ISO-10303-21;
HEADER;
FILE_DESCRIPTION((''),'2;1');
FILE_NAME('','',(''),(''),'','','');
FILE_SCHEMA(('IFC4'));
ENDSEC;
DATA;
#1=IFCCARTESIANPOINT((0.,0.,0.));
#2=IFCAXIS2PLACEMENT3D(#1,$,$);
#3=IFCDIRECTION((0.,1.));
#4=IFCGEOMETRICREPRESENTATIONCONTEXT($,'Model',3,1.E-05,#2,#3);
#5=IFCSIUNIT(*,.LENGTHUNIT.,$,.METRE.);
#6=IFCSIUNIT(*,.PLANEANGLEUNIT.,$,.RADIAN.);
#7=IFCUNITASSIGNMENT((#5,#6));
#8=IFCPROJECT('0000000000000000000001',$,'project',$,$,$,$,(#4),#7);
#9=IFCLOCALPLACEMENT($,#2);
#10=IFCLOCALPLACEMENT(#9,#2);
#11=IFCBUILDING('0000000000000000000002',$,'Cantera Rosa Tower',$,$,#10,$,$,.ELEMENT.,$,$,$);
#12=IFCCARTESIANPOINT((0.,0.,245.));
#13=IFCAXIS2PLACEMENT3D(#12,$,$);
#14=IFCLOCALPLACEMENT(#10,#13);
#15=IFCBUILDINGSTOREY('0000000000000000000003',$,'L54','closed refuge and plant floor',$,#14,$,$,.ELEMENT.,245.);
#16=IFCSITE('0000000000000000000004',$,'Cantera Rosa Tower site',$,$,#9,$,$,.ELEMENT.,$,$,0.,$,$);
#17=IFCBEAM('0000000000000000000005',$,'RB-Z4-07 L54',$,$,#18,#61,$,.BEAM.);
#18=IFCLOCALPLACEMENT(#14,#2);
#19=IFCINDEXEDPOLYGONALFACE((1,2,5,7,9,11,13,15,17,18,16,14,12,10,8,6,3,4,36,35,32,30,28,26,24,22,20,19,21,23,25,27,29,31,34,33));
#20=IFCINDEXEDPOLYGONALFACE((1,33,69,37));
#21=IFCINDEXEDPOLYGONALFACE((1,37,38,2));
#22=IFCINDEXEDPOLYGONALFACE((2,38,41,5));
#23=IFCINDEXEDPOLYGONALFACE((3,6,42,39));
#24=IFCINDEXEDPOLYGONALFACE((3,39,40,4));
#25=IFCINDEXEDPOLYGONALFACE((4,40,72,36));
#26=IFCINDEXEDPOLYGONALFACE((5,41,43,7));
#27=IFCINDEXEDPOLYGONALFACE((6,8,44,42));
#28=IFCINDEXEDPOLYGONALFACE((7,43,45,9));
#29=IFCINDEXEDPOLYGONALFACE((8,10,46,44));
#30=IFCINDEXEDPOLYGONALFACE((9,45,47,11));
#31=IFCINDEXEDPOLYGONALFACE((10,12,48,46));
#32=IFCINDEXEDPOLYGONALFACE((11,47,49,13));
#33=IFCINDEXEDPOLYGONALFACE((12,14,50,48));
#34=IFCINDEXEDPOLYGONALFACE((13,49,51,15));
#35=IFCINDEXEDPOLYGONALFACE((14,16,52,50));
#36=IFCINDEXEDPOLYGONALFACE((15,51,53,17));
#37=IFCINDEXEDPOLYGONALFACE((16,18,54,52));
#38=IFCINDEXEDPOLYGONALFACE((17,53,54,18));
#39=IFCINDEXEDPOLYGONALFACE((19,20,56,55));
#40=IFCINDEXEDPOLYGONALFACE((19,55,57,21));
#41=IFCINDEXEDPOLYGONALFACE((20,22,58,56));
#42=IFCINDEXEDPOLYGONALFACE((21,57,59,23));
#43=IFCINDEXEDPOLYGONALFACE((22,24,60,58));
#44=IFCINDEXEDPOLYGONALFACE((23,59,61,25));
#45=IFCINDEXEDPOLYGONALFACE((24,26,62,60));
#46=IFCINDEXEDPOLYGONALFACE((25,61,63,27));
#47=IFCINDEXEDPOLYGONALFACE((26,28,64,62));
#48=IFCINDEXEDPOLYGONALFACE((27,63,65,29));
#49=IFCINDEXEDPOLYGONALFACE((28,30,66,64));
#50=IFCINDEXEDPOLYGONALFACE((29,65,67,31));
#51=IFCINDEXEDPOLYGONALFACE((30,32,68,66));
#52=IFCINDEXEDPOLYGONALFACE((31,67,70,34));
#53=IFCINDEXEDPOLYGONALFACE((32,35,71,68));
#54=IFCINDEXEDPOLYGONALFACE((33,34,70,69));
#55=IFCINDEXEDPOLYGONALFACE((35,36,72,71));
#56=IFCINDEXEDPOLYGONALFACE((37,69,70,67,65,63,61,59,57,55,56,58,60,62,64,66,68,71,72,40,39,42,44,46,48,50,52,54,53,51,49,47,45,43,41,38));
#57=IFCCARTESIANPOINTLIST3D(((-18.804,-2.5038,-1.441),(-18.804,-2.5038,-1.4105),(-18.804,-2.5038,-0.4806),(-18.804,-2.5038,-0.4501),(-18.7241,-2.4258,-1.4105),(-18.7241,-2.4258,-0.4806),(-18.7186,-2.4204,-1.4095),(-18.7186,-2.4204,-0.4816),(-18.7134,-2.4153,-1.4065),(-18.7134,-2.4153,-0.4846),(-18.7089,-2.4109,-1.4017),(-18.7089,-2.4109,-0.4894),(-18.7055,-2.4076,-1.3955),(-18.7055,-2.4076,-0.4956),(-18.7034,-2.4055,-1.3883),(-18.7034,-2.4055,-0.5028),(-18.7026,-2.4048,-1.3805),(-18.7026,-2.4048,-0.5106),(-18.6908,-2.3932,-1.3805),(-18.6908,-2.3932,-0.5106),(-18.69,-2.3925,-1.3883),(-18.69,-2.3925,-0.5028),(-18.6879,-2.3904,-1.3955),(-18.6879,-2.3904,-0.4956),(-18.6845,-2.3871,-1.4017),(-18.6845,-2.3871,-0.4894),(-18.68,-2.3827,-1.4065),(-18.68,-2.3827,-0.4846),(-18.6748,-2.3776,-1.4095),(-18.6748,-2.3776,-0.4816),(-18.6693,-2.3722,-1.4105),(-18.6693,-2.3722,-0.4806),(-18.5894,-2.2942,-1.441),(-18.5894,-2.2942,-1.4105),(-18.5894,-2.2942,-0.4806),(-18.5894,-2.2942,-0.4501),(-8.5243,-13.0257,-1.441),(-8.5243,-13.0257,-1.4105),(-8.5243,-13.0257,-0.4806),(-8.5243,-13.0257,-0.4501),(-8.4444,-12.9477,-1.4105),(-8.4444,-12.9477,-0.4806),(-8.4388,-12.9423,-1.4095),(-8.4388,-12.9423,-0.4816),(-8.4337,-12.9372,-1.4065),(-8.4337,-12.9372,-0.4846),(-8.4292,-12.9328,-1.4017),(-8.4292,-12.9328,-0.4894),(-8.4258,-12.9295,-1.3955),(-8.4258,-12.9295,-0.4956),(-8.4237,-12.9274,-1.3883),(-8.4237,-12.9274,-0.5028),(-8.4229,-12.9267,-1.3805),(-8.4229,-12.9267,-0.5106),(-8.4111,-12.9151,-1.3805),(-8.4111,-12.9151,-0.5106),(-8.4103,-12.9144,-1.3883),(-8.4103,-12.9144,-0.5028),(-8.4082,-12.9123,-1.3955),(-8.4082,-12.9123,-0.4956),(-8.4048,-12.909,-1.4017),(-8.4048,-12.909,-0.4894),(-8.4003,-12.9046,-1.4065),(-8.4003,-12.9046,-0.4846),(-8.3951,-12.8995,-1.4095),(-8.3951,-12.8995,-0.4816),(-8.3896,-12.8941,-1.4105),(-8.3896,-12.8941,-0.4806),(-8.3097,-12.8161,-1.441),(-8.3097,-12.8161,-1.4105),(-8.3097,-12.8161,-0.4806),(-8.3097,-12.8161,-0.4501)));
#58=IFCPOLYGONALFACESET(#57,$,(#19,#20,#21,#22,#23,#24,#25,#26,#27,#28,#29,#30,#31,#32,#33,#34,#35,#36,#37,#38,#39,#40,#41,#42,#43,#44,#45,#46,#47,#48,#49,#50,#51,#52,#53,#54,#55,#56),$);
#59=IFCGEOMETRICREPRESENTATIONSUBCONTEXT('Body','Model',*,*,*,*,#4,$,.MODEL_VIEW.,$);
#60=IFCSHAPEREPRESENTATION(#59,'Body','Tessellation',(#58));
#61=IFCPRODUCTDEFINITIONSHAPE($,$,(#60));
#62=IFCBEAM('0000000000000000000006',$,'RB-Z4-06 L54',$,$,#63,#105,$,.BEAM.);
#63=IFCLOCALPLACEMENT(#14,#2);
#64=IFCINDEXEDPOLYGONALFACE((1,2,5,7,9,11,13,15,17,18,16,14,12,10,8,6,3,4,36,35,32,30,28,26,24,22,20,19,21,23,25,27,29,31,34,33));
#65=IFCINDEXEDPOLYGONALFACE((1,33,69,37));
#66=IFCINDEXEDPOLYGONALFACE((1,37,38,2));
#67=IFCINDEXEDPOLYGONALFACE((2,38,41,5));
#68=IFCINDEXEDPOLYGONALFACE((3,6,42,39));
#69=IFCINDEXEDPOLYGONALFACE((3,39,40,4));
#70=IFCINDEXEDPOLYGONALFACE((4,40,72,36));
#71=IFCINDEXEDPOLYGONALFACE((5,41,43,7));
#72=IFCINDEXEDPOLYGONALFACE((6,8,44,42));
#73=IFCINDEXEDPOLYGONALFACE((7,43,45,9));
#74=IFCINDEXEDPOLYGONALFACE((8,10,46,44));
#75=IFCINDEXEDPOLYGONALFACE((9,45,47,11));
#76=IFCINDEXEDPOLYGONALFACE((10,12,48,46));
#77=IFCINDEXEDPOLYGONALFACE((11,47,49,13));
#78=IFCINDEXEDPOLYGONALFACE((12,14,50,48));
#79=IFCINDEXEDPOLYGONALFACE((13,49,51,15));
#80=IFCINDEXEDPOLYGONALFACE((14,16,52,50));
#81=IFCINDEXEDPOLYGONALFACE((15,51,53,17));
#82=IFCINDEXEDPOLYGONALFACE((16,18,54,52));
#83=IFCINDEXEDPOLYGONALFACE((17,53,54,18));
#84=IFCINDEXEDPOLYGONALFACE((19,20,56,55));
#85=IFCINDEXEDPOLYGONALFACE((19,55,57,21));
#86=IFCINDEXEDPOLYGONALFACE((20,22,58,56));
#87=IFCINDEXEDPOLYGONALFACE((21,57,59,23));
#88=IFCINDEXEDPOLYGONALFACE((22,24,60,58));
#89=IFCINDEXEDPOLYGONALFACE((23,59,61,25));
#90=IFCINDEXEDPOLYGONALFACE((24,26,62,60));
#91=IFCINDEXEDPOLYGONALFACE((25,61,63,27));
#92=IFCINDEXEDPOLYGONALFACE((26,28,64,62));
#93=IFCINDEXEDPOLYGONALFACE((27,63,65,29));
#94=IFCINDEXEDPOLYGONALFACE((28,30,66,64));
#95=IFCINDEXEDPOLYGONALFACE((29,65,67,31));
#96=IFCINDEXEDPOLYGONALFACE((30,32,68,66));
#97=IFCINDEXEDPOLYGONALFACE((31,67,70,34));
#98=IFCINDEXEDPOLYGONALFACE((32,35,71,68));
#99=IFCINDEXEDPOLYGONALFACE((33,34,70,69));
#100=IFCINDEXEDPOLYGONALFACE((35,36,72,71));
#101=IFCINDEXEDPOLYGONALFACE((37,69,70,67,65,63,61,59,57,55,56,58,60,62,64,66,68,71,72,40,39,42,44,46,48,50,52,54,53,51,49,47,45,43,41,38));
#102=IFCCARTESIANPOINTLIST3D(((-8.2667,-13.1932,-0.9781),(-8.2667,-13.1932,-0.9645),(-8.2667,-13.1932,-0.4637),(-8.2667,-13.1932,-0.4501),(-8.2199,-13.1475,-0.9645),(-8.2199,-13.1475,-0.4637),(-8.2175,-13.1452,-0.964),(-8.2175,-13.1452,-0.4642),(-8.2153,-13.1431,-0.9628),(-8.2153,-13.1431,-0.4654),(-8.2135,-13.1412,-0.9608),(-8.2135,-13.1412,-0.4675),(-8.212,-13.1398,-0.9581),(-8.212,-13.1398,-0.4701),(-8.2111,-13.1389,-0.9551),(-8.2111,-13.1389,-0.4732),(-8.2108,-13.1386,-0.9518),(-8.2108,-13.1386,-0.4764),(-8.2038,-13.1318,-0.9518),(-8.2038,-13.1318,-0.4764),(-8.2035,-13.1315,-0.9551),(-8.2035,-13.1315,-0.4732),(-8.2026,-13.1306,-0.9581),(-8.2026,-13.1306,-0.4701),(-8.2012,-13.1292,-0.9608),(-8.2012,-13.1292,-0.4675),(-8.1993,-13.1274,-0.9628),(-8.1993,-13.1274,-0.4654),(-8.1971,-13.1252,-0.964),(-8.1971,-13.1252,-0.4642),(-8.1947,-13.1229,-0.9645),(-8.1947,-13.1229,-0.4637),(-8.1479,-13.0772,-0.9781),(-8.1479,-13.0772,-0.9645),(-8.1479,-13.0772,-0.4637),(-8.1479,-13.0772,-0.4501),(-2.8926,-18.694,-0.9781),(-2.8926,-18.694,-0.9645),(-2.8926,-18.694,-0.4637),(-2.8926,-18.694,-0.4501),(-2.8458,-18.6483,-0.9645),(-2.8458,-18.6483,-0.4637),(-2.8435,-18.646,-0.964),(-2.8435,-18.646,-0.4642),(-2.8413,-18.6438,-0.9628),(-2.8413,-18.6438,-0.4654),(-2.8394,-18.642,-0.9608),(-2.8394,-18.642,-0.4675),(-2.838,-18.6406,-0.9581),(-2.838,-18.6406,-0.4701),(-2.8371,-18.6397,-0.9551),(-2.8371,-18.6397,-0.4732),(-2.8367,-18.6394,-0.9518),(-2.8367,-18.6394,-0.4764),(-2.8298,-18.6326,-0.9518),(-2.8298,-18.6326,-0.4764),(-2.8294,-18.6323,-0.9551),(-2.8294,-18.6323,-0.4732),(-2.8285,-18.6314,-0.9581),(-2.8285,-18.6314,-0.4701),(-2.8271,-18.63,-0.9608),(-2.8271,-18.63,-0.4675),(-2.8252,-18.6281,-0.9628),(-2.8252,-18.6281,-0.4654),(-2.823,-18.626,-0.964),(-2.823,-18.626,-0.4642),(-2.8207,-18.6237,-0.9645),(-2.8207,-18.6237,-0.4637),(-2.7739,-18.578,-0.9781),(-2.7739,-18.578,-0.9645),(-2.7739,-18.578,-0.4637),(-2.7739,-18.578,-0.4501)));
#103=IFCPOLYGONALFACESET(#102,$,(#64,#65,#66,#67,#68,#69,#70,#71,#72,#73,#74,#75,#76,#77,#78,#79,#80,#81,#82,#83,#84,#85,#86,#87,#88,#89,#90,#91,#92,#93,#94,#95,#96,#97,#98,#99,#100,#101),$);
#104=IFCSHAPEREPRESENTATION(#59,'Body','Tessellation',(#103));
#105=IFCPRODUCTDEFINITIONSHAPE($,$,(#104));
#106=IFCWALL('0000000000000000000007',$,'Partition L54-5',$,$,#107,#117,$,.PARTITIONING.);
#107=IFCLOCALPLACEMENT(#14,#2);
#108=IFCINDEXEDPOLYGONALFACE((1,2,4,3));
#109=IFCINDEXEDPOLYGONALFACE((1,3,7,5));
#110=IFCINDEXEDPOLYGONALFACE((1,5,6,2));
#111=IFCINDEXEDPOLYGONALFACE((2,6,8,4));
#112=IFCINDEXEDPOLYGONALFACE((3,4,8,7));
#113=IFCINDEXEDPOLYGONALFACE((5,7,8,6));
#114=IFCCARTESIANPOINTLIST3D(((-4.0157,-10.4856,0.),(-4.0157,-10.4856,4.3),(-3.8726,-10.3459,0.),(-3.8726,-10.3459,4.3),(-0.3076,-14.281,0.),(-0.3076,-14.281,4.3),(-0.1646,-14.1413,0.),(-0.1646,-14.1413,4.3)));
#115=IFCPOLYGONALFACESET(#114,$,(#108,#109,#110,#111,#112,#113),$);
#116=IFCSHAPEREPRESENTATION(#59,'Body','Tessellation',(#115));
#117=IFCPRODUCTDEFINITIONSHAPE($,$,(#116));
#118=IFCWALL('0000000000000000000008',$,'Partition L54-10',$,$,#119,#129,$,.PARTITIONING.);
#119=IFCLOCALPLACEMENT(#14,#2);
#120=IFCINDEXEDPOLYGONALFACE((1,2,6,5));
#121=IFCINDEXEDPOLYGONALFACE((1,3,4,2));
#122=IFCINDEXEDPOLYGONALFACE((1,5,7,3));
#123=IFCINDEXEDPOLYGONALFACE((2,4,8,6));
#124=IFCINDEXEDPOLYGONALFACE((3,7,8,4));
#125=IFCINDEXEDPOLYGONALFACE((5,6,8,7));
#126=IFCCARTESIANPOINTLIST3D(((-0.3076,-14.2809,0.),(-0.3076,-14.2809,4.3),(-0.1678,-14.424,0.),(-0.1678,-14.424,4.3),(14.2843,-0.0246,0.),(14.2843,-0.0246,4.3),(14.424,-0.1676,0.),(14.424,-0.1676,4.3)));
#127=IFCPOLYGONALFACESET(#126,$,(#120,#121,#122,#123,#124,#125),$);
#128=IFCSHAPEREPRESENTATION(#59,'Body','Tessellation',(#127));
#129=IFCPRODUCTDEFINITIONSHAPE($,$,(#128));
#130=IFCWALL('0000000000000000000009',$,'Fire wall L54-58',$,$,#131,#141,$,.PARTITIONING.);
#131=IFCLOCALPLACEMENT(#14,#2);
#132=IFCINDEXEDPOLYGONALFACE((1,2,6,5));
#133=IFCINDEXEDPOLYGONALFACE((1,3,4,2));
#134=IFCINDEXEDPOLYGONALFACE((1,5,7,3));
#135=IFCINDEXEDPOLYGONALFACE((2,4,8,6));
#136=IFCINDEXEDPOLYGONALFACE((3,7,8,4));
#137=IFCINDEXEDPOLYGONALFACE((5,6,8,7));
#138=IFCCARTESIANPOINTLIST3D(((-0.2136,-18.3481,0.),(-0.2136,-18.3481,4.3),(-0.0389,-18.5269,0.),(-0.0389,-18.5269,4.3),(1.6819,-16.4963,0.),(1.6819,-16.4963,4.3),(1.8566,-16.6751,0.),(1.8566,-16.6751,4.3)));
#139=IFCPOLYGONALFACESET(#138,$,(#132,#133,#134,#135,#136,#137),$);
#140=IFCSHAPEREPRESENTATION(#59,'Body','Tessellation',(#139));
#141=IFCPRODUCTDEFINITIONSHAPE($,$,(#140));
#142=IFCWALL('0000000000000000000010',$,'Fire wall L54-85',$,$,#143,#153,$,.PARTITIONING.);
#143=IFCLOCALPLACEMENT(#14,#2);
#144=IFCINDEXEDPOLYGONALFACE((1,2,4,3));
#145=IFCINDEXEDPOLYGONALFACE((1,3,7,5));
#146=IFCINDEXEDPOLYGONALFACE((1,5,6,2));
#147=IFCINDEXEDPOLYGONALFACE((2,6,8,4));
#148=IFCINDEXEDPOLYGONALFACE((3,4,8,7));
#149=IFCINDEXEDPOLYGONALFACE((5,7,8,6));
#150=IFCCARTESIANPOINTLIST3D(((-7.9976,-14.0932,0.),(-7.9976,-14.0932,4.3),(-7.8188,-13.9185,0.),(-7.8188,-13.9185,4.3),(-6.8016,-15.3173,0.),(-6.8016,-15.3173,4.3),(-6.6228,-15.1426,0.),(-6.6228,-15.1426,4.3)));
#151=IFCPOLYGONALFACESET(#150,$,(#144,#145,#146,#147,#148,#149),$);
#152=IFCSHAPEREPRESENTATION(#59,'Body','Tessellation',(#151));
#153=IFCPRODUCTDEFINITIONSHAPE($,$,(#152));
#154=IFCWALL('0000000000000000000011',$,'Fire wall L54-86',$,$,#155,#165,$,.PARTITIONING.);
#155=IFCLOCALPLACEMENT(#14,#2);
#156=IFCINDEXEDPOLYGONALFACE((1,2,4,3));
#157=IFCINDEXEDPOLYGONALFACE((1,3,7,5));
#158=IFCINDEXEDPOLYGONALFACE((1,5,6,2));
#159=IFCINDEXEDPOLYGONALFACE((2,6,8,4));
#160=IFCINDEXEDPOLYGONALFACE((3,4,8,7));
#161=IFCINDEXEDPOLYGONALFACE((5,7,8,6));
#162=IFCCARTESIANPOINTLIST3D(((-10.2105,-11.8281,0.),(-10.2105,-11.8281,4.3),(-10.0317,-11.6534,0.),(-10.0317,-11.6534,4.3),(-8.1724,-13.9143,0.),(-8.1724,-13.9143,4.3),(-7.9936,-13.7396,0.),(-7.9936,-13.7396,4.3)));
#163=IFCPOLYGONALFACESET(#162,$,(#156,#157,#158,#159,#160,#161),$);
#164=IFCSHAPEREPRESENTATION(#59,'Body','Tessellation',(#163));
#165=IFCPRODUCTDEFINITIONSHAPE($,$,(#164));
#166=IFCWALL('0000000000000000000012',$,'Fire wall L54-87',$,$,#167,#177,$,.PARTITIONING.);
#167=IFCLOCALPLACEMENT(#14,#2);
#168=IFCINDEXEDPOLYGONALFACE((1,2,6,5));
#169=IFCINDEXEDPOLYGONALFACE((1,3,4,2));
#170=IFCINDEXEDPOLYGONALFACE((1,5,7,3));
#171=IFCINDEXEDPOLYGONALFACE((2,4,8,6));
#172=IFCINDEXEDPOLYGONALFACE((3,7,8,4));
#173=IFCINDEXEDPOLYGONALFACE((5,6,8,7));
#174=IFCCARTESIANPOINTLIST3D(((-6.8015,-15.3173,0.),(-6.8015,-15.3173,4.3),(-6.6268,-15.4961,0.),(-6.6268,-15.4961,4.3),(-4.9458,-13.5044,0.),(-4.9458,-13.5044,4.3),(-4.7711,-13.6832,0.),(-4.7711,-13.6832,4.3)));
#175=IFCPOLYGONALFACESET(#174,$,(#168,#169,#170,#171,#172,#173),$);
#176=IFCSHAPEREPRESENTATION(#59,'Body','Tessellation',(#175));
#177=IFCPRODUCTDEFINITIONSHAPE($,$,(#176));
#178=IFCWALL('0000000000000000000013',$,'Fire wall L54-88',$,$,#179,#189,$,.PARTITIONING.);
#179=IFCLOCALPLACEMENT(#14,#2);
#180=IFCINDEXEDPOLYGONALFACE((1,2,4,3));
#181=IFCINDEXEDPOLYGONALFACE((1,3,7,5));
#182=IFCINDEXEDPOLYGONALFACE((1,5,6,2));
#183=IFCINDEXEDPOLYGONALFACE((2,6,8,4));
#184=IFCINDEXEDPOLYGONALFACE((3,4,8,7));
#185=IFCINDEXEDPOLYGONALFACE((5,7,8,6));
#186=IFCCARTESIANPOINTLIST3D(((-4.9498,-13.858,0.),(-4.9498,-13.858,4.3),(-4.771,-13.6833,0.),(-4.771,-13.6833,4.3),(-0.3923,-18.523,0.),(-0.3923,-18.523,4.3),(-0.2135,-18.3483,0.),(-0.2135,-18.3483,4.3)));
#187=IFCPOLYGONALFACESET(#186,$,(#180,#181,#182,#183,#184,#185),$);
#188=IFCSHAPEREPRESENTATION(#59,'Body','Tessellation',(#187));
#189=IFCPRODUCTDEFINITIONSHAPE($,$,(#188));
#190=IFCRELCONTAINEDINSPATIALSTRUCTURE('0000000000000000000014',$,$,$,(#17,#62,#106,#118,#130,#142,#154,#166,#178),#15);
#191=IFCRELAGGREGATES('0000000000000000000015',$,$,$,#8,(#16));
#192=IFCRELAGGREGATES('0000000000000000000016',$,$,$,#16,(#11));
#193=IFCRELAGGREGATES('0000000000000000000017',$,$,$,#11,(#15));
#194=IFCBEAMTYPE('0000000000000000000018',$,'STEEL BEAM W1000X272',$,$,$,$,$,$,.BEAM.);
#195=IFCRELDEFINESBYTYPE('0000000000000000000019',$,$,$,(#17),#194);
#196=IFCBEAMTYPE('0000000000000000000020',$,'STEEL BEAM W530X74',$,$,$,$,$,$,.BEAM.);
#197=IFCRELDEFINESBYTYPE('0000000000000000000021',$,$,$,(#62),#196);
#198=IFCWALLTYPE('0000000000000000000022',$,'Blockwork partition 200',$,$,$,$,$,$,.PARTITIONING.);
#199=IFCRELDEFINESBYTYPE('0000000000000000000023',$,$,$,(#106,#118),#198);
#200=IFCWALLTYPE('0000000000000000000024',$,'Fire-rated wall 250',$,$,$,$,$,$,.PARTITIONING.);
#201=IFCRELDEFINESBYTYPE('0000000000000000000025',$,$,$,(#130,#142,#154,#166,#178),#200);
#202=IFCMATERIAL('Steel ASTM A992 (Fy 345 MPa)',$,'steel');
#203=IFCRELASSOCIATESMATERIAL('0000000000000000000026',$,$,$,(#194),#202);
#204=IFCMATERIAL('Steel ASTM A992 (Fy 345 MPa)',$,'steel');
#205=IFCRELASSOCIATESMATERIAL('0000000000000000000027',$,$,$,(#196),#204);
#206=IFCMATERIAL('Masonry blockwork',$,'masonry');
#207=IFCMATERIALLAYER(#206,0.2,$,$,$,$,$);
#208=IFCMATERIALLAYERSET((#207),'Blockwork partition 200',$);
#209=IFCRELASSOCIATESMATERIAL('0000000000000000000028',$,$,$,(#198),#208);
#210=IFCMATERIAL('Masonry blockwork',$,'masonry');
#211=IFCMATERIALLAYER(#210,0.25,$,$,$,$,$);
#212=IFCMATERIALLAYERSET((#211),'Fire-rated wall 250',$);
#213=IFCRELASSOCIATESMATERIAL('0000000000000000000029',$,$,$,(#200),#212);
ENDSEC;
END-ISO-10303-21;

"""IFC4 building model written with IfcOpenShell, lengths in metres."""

from ifc_helpers import new_model, si_unit, direction, frame, frame_2d, origin, origin_2d, place, context, subcontext, project, spatial, rectangle, i_section, extrude, material, layer, layer_set, material_profile, profile_set, type_object, element, save


model = new_model("IFC4")

# Units and contexts
model_context = context("Model", 3, precision=1e-05, world=origin(), true_north=direction((0.0, 1.0)))
body_context = subcontext(model_context, "Body", "Model", "MODEL_VIEW")
ifc_project = project(units=[si_unit("LENGTHUNIT", "METRE"), si_unit("PLANEANGLEUNIT", "RADIAN")], contexts=[model_context])

# Site, building, storey
site_placement = place(None, origin())
site = spatial("IfcSite", under=ifc_project, at=site_placement, Name="Cantera Rosa Tower site", CompositionType="ELEMENT", RefElevation=0.0)
building_placement = place(site_placement, origin())
building = spatial("IfcBuilding", under=site, at=building_placement, Name="Cantera Rosa Tower", CompositionType="ELEMENT")
storey_placement = place(building_placement, frame((0.0, 0.0, 245.0)))
storey = spatial("IfcBuildingStorey", under=building, at=storey_placement, Name="L54", Description="closed refuge and plant floor", CompositionType="ELEMENT", Elevation=245.0)

# Beams
ifc_material_1 = material(Name="Steel ASTM A992 (Fy 345 MPa)", Category="steel")
ifc_material_profile_1 = material_profile(ifc_material_1, i_section(OverallWidth=0.3, OverallDepth=0.991, WebThickness=0.0166, FlangeThickness=0.0305, FilletRadius=0.03, at=origin_2d()), Name="W1000X272")
ifc_profile_set_1 = profile_set([ifc_material_profile_1], Name="Steel ASTM A992 (Fy 345 MPa)")
beam_type_1 = type_object("IfcBeamType", Name="STEEL BEAM W1000X272", PredefinedType="BEAM", material=ifc_profile_set_1)
beam_1_placement = place(storey_placement, frame((-8.417, -12.9209, -0.9456), z_axis=(-0.698827, 0.715291, 0.0), x_axis=(-0.715291, -0.698827, 0.0)))
element("IfcBeam", 1, at=beam_1_placement, inside=storey, type_object=beam_type_1, Name="RB-Z4-07 L54", PredefinedType="BEAM", context=body_context, shape_type="SweptSolid", body=[
    extrude(i_section(OverallWidth=0.3, OverallDepth=0.991, WebThickness=0.0166, FlangeThickness=0.0305, FilletRadius=0.03, at=origin_2d()), origin(), (0.0, 0.0, 1.0), 14.71),
])
ifc_material_2 = material(Name="Steel ASTM A992 (Fy 345 MPa)", Category="steel")
ifc_material_profile_2 = material_profile(ifc_material_2, i_section(OverallWidth=0.166, OverallDepth=0.5281, WebThickness=0.0098, FlangeThickness=0.0137, FilletRadius=0.0127, at=origin_2d()), Name="W530X74")
ifc_profile_set_2 = profile_set([ifc_material_profile_2], Name="Steel ASTM A992 (Fy 345 MPa)")
beam_type_2 = type_object("IfcBeamType", Name="STEEL BEAM W530X74", PredefinedType="BEAM", material=ifc_profile_set_2)
beam_2_placement = place(storey_placement, frame((-2.8333, -18.636, -0.7141), z_axis=(-0.69882, 0.715297, 0.0), x_axis=(-0.715297, -0.69882, 0.0)))
element("IfcBeam", 2, at=beam_2_placement, inside=storey, type_object=beam_type_2, Name="RB-Z4-06 L54", PredefinedType="BEAM", context=body_context, shape_type="SweptSolid", body=[
    extrude(i_section(OverallWidth=0.166, OverallDepth=0.5281, WebThickness=0.0098, FlangeThickness=0.0137, FilletRadius=0.0127, at=origin_2d()), origin(), (0.0, 0.0, 1.0), 7.6902),
])

# Walls
ifc_material_3 = material(Name="Masonry blockwork", Category="masonry")
ifc_layer_1 = layer(ifc_material_3, 0.2)
ifc_layer_set_1 = layer_set([ifc_layer_1], Name="Blockwork partition 200")
wall_type_1 = type_object("IfcWallType", Name="Blockwork partition 200", PredefinedType="PARTITIONING", material=ifc_layer_set_1)
wall_1_placement = place(storey_placement, frame((-0.2361, -14.2112, 0.0), z_axis=(0.0, 0.0, 1.0), x_axis=(-0.698823, 0.715295, 0.0)))
element("IfcWall", 3, at=wall_1_placement, inside=storey, type_object=wall_type_1, Name="Partition L54-5", PredefinedType="PARTITIONING", context=body_context, shape_type="SweptSolid", body=[
    extrude(rectangle(XDim=5.3062, YDim=0.2, at=frame_2d((2.6531, 0.0))), origin(), (0.0, 0.0, 1.0), 4.3),
])
wall_2_placement = place(storey_placement, frame((-0.2378, -14.3525, 0.0), z_axis=(0.0, 0.0, 1.0), x_axis=(0.715281, 0.698837, 0.0)))
element("IfcWall", 4, at=wall_2_placement, inside=storey, type_object=wall_type_1, Name="Partition L54-10", PredefinedType="PARTITIONING", context=body_context, shape_type="SweptSolid", body=[
    extrude(rectangle(XDim=20.4001, YDim=0.2, at=frame_2d((10.2002, 0.0))), origin(), (0.0, 0.0, 1.0), 4.3),
])
ifc_material_4 = material(Name="Masonry blockwork", Category="masonry")
ifc_layer_2 = layer(ifc_material_4, 0.25)
ifc_layer_set_2 = layer_set([ifc_layer_2], Name="Fire-rated wall 250")
wall_type_2 = type_object("IfcWallType", Name="Fire-rated wall 250", PredefinedType="PARTITIONING", material=ifc_layer_set_2)
wall_3_placement = place(storey_placement, frame((-0.1262, -18.4375, 0.0), z_axis=(0.0, 0.0, 1.0), x_axis=(0.715304, 0.698813, 0.0)))
element("IfcWall", 5, at=wall_3_placement, inside=storey, type_object=wall_type_2, Name="Fire wall L54-58", PredefinedType="PARTITIONING", context=body_context, shape_type="SweptSolid", body=[
    extrude(rectangle(XDim=2.6499, YDim=0.25, at=frame_2d((1.325, 0.0))), origin(), (0.0, 0.0, 1.0), 4.3),
])
wall_4_placement = place(storey_placement, frame((-6.7122, -15.23, 0.0), z_axis=(0.0, 0.0, 1.0), x_axis=(-0.698857, 0.715262, 0.0)))
element("IfcWall", 6, at=wall_4_placement, inside=storey, type_object=wall_type_2, Name="Fire wall L54-85", PredefinedType="PARTITIONING", context=body_context, shape_type="SweptSolid", body=[
    extrude(rectangle(XDim=1.7114, YDim=0.25, at=frame_2d((0.8557, 0.0))), origin(), (0.0, 0.0, 1.0), 4.3),
])
wall_5_placement = place(storey_placement, frame((-8.083, -13.8269, 0.0), z_axis=(0.0, 0.0, 1.0), x_axis=(-0.698813, 0.715304, 0.0)))
element("IfcWall", 7, at=wall_5_placement, inside=storey, type_object=wall_type_2, Name="Fire wall L54-86", PredefinedType="PARTITIONING", context=body_context, shape_type="SweptSolid", body=[
    extrude(rectangle(XDim=2.9165, YDim=0.25, at=frame_2d((1.4583, 0.0))), origin(), (0.0, 0.0, 1.0), 4.3),
])
wall_6_placement = place(storey_placement, frame((-6.7141, -15.4067, 0.0), z_axis=(0.0, 0.0, 1.0), x_axis=(0.715293, 0.698825, 0.0)))
element("IfcWall", 8, at=wall_6_placement, inside=storey, type_object=wall_type_2, Name="Fire wall L54-87", PredefinedType="PARTITIONING", context=body_context, shape_type="SweptSolid", body=[
    extrude(rectangle(XDim=2.5942, YDim=0.25, at=frame_2d((1.2971, 0.0))), origin(), (0.0, 0.0, 1.0), 4.3),
])
wall_7_placement = place(storey_placement, frame((-0.303, -18.4355, 0.0), z_axis=(0.0, 0.0, 1.0), x_axis=(-0.698823, 0.715294, 0.0)))
element("IfcWall", 9, at=wall_7_placement, inside=storey, type_object=wall_type_2, Name="Fire wall L54-88", PredefinedType="PARTITIONING", context=body_context, shape_type="SweptSolid", body=[
    extrude(rectangle(XDim=6.5217, YDim=0.25, at=frame_2d((3.2607, 0.0))), origin(), (0.0, 0.0, 1.0), 4.3),
])

save(model, "model.ifc")
